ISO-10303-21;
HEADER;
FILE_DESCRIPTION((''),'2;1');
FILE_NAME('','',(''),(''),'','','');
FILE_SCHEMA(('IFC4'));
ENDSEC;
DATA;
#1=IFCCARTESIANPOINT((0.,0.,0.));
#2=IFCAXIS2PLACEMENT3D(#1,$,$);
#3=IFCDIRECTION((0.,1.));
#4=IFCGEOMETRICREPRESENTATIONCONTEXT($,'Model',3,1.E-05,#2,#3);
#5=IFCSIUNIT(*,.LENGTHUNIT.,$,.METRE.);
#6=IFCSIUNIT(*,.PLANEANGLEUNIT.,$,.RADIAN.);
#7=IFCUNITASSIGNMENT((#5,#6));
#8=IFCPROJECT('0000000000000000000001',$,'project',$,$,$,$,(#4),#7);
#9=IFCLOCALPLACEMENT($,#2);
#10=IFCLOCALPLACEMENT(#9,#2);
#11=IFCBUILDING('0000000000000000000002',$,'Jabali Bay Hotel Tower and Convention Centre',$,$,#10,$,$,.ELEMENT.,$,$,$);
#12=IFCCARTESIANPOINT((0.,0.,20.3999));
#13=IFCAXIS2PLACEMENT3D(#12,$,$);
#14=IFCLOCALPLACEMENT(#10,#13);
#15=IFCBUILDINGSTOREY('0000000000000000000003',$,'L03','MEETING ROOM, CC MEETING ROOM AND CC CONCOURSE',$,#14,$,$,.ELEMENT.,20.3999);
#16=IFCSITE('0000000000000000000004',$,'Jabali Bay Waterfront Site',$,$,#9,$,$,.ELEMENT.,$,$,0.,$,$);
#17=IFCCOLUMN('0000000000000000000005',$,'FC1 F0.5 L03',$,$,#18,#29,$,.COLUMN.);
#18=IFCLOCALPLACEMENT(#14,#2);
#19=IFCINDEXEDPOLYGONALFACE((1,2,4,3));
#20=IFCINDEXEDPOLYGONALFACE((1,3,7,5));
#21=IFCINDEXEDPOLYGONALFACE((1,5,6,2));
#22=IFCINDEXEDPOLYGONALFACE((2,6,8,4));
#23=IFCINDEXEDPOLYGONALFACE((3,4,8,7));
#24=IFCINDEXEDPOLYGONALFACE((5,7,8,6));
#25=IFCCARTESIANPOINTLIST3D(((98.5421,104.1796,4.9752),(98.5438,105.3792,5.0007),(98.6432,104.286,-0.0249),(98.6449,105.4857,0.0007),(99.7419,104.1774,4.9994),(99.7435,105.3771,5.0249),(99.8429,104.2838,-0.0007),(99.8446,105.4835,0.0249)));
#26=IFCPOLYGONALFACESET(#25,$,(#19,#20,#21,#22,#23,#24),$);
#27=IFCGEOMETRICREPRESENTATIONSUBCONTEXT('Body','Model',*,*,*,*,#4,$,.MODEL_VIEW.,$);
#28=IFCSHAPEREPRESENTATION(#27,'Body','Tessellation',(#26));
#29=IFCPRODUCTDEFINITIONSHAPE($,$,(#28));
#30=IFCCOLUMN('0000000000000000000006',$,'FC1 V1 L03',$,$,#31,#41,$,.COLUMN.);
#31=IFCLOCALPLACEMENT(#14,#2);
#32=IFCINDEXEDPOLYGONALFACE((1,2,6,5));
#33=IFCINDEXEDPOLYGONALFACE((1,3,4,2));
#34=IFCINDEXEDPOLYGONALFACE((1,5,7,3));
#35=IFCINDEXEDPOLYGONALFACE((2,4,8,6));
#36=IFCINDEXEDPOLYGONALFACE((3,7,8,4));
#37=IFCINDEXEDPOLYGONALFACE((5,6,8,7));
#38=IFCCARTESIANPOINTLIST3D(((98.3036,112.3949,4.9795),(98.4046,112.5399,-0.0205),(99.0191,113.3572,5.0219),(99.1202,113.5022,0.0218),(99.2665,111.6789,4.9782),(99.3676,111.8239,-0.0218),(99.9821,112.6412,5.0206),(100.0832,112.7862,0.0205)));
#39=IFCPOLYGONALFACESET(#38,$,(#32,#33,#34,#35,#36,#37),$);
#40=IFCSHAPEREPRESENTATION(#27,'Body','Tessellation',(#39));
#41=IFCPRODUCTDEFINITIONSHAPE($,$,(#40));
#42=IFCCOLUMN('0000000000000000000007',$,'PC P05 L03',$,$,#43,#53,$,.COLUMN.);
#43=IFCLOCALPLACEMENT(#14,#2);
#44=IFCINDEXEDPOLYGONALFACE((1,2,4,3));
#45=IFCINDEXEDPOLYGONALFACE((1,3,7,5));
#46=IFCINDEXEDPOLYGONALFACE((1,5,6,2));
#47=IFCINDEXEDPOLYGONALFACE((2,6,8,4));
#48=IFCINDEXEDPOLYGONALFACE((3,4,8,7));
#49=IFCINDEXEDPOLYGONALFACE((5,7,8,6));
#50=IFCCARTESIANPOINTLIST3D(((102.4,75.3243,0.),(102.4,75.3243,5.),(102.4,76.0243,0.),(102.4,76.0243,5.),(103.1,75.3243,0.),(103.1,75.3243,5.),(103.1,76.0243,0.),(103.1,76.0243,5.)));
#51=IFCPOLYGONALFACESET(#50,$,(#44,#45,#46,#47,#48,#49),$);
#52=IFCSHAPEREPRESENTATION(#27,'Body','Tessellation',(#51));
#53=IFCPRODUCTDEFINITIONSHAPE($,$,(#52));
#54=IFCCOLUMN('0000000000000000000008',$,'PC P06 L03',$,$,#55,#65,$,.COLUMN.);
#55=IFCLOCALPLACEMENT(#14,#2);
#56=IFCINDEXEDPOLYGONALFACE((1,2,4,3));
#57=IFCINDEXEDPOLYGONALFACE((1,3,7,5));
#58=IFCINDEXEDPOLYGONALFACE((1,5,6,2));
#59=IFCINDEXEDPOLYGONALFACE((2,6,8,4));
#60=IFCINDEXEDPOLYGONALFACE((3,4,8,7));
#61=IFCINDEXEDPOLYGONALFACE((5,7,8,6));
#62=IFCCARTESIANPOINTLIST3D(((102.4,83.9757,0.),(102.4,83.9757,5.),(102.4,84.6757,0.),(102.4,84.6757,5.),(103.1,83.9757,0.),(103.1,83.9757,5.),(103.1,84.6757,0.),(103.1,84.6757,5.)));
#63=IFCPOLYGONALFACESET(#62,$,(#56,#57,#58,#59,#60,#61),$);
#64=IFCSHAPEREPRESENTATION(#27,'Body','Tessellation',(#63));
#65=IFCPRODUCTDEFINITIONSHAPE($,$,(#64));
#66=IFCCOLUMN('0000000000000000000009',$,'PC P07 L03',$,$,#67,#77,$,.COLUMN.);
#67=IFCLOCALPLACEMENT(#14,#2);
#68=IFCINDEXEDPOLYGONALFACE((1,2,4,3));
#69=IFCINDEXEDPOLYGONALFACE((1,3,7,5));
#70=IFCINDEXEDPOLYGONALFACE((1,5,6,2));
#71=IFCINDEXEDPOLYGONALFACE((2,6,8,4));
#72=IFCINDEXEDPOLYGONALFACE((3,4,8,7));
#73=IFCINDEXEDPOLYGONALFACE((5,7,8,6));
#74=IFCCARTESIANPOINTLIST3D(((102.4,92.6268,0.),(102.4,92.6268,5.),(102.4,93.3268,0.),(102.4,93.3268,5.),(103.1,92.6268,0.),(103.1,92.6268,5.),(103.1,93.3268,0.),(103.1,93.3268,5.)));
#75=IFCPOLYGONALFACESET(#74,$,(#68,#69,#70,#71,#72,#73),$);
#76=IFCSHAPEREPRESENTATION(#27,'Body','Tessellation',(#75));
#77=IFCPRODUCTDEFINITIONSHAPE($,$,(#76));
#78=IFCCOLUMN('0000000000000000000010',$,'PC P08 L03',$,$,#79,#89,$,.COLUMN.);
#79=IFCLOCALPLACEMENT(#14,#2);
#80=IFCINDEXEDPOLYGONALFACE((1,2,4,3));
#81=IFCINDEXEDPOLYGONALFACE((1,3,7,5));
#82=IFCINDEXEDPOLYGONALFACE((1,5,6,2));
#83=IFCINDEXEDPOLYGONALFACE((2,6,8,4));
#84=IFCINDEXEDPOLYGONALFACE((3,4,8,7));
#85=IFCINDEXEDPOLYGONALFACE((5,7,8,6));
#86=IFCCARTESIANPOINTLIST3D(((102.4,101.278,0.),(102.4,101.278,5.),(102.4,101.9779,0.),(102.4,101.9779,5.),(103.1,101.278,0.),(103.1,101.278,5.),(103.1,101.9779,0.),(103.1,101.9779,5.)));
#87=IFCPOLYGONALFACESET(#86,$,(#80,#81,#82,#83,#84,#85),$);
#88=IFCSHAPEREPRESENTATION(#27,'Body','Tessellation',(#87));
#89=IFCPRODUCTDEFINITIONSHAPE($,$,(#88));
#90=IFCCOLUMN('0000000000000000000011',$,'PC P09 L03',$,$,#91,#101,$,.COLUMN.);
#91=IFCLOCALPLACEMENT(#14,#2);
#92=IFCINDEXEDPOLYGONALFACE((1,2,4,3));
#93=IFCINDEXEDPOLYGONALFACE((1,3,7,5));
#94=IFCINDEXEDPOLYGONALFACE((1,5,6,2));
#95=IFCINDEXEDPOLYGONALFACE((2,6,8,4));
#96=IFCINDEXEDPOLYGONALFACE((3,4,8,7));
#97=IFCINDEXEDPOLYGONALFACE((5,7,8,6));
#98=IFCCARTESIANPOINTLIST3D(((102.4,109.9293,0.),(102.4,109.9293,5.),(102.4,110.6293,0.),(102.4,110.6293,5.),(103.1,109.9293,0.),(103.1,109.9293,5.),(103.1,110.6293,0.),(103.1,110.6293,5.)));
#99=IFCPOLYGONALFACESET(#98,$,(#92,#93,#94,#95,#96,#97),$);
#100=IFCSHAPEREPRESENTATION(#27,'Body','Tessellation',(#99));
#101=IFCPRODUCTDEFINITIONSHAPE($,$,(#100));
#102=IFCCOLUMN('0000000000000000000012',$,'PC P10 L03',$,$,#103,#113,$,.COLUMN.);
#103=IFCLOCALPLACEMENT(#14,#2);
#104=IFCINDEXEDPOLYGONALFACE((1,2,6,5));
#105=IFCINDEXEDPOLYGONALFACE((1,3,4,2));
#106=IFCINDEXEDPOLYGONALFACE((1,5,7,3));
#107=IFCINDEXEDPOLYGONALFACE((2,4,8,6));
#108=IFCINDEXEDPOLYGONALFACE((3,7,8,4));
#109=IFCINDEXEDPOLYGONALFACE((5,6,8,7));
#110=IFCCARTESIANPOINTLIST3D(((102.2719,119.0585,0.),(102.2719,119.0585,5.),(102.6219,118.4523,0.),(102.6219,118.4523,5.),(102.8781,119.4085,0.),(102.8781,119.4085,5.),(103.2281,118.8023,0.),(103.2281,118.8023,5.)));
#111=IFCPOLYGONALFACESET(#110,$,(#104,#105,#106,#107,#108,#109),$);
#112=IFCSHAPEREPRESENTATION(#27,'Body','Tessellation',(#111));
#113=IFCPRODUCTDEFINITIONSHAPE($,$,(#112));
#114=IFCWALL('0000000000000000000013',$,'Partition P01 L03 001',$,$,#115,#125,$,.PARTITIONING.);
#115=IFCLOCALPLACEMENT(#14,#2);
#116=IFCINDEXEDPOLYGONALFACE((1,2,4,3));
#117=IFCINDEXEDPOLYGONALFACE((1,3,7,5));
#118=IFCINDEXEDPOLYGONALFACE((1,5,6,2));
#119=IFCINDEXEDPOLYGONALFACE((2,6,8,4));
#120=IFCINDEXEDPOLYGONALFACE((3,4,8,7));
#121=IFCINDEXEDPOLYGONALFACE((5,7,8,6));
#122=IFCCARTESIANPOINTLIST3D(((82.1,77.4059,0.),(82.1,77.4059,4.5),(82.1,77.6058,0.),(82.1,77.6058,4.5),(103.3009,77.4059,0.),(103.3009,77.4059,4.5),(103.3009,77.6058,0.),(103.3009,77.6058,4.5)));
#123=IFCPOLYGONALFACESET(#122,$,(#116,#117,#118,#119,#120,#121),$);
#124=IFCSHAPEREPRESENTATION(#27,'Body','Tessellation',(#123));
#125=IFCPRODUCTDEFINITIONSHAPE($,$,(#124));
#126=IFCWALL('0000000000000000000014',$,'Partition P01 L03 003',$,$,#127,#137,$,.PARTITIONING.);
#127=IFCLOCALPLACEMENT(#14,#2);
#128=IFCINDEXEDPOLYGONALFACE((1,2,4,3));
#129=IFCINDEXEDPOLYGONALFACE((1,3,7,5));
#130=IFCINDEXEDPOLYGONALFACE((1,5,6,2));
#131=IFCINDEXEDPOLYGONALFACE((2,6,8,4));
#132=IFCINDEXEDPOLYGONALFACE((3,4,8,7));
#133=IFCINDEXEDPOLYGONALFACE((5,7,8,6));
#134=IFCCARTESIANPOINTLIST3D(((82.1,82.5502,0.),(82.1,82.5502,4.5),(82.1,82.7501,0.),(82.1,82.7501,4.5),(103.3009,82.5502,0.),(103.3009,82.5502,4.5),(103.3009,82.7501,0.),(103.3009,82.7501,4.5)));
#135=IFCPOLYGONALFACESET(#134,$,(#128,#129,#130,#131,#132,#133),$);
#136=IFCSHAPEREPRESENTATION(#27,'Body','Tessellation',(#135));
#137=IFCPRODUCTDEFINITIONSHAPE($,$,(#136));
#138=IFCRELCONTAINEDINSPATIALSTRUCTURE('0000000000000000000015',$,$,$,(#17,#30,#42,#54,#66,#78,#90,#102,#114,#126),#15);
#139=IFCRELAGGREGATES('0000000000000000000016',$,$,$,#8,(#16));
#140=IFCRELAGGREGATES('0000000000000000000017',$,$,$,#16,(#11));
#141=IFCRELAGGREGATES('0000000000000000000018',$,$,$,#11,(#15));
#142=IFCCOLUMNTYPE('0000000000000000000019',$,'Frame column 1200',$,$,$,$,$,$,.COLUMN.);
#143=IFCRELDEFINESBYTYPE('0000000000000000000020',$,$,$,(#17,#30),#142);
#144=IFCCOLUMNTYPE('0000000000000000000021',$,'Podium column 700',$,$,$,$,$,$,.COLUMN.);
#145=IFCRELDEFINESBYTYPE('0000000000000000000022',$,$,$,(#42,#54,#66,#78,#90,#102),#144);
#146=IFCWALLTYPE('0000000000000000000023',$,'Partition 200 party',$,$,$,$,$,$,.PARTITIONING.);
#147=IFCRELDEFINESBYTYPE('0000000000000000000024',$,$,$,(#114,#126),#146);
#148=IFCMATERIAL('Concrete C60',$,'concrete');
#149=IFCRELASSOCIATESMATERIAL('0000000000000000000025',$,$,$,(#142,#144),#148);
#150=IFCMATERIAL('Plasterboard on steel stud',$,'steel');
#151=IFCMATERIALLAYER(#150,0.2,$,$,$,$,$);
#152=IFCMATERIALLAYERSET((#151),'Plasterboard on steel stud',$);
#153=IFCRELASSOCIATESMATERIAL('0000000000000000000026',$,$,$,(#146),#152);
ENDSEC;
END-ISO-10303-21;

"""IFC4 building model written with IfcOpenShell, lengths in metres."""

from ifc_helpers import new_model, si_unit, direction, frame, frame_2d, origin, origin_2d, place, context, subcontext, project, spatial, rectangle, extrude, material, layer, layer_set, material_profile, profile_set, type_object, element, save


model = new_model("IFC4")

# Units and contexts
model_context = context("Model", 3, precision=1e-05, world=origin(), true_north=direction((0.0, 1.0)))
body_context = subcontext(model_context, "Body", "Model", "MODEL_VIEW")
ifc_project = project(units=[si_unit("LENGTHUNIT", "METRE"), si_unit("PLANEANGLEUNIT", "RADIAN")], contexts=[model_context])

# Site, building, storey
site_placement = place(None, origin())
site = spatial("IfcSite", under=ifc_project, at=site_placement, Name="Jabali Bay Waterfront Site", CompositionType="ELEMENT", RefElevation=0.0)
building_placement = place(site_placement, origin())
building = spatial("IfcBuilding", under=site, at=building_placement, Name="Jabali Bay Hotel Tower and Convention Centre", CompositionType="ELEMENT")
storey_placement = place(building_placement, frame((0.0, 0.0, 20.3999)))
storey = spatial("IfcBuildingStorey", under=building, at=storey_placement, Name="L03", Description="MEETING ROOM, CC MEETING ROOM AND CC CONCOURSE", CompositionType="ELEMENT", Elevation=20.3999)

# Columns
ifc_material_1 = material(Name="Concrete C60", Category="concrete")
ifc_material_profile_1 = material_profile(ifc_material_1, rectangle(XDim=1.2, YDim=1.2, at=origin_2d()), Name="Frame column 1200")
ifc_profile_set_1 = profile_set([ifc_material_profile_1], Name="Concrete C60")
column_type_1 = type_object("IfcColumnType", Name="Frame column 1200", PredefinedType="COLUMN", material=ifc_profile_set_1)
column_1_placement = place(storey_placement, frame((99.2439, 104.8848, 0.0), z_axis=(-0.020206, -0.02128, 0.999569), x_axis=(0.999795, -0.001799, 0.020172)))
element("IfcColumn", 1, at=column_1_placement, inside=storey, type_object=column_type_1, Name="FC1 F0.5 L03", PredefinedType="COLUMN", context=body_context, shape_type="SweptSolid", body=[
    extrude(rectangle(XDim=1.2, YDim=1.2, at=origin_2d()), origin(), (0.0, 0.0, 1.0), 5.0022),
])
column_2_placement = place(storey_placement, frame((99.2439, 112.6631, 0.0), z_axis=(-0.020202, -0.028986, 0.999376), x_axis=(0.596337, 0.801957, 0.035315)))
element("IfcColumn", 2, at=column_2_placement, inside=storey, type_object=column_type_1, Name="FC1 V1 L03", PredefinedType="COLUMN", context=body_context, shape_type="SweptSolid", body=[
    extrude(rectangle(XDim=1.2, YDim=1.2, at=origin_2d()), origin(), (0.0, 0.0, 1.0), 5.0032),
])
ifc_material_profile_2 = material_profile(ifc_material_1, rectangle(XDim=0.7, YDim=0.7, at=origin_2d()), Name="Podium column 700")
ifc_profile_set_2 = profile_set([ifc_material_profile_2], Name="Concrete C60")
column_type_2 = type_object("IfcColumnType", Name="Podium column 700", PredefinedType="COLUMN", material=ifc_profile_set_2)
for number, where, z_axis, x_axis, name in (
    (3, (102.75, 75.6743, 0.0), (0.0, 0.0, 1.0), (1.0, 0.0, 0.0), "PC P05 L03"),
    (4, (102.75, 84.3257, 0.0), (0.0, 0.0, 1.0), (1.0, 0.0, 0.0), "PC P06 L03"),
    (5, (102.75, 92.9768, 0.0), (0.0, 0.0, 1.0), (1.0, 0.0, 0.0), "PC P07 L03"),
    (6, (102.75, 101.6279, 0.0), (0.0, 0.0, 1.0), (1.0, 0.0, 0.0), "PC P08 L03"),
    (7, (102.75, 110.2793, 0.0), (0.0, 0.0, 1.0), (1.0, 0.0, 0.0), "PC P09 L03"),
    (8, (102.75, 118.9304, 0.0), (0.0, 0.0, 1.0), (0.866025, 0.5, 0.0), "PC P10 L03"),
):
    element("IfcColumn", number, at=place(storey_placement, frame(where, z_axis=z_axis, x_axis=x_axis)), inside=storey, type_object=column_type_2, Name=name, PredefinedType="COLUMN", context=body_context, shape_type="SweptSolid", body=[
        extrude(rectangle(XDim=0.7, YDim=0.7, at=origin_2d()), origin(), (0.0, 0.0, 1.0), 5.0),
    ])

# Walls
ifc_material_2 = material(Name="Plasterboard on steel stud", Category="steel")
ifc_layer_1 = layer(ifc_material_2, 0.2)
ifc_layer_set_1 = layer_set([ifc_layer_1], Name="Plasterboard on steel stud")
wall_type_1 = type_object("IfcWallType", Name="Partition 200 party", PredefinedType="PARTITIONING", material=ifc_layer_set_1)
for number, where, z_axis, x_axis, name in (
    (9, (103.301, 77.5059, 0.0), (0.0, 0.0, 1.0), (-1.0, 0.0, 0.0), "Partition P01 L03 001"),
    (10, (103.301, 82.6501, 0.0), (0.0, 0.0, 1.0), (-1.0, 0.0, 0.0), "Partition P01 L03 003"),
):
    element("IfcWall", number, at=place(storey_placement, frame(where, z_axis=z_axis, x_axis=x_axis)), inside=storey, type_object=wall_type_1, Name=name, PredefinedType="PARTITIONING", context=body_context, shape_type="SweptSolid", body=[
        extrude(rectangle(XDim=21.2009, YDim=0.2, at=frame_2d((10.6006, 0.0))), origin(), (0.0, 0.0, 1.0), 4.5),
    ])

save(model, "model.ifc")
